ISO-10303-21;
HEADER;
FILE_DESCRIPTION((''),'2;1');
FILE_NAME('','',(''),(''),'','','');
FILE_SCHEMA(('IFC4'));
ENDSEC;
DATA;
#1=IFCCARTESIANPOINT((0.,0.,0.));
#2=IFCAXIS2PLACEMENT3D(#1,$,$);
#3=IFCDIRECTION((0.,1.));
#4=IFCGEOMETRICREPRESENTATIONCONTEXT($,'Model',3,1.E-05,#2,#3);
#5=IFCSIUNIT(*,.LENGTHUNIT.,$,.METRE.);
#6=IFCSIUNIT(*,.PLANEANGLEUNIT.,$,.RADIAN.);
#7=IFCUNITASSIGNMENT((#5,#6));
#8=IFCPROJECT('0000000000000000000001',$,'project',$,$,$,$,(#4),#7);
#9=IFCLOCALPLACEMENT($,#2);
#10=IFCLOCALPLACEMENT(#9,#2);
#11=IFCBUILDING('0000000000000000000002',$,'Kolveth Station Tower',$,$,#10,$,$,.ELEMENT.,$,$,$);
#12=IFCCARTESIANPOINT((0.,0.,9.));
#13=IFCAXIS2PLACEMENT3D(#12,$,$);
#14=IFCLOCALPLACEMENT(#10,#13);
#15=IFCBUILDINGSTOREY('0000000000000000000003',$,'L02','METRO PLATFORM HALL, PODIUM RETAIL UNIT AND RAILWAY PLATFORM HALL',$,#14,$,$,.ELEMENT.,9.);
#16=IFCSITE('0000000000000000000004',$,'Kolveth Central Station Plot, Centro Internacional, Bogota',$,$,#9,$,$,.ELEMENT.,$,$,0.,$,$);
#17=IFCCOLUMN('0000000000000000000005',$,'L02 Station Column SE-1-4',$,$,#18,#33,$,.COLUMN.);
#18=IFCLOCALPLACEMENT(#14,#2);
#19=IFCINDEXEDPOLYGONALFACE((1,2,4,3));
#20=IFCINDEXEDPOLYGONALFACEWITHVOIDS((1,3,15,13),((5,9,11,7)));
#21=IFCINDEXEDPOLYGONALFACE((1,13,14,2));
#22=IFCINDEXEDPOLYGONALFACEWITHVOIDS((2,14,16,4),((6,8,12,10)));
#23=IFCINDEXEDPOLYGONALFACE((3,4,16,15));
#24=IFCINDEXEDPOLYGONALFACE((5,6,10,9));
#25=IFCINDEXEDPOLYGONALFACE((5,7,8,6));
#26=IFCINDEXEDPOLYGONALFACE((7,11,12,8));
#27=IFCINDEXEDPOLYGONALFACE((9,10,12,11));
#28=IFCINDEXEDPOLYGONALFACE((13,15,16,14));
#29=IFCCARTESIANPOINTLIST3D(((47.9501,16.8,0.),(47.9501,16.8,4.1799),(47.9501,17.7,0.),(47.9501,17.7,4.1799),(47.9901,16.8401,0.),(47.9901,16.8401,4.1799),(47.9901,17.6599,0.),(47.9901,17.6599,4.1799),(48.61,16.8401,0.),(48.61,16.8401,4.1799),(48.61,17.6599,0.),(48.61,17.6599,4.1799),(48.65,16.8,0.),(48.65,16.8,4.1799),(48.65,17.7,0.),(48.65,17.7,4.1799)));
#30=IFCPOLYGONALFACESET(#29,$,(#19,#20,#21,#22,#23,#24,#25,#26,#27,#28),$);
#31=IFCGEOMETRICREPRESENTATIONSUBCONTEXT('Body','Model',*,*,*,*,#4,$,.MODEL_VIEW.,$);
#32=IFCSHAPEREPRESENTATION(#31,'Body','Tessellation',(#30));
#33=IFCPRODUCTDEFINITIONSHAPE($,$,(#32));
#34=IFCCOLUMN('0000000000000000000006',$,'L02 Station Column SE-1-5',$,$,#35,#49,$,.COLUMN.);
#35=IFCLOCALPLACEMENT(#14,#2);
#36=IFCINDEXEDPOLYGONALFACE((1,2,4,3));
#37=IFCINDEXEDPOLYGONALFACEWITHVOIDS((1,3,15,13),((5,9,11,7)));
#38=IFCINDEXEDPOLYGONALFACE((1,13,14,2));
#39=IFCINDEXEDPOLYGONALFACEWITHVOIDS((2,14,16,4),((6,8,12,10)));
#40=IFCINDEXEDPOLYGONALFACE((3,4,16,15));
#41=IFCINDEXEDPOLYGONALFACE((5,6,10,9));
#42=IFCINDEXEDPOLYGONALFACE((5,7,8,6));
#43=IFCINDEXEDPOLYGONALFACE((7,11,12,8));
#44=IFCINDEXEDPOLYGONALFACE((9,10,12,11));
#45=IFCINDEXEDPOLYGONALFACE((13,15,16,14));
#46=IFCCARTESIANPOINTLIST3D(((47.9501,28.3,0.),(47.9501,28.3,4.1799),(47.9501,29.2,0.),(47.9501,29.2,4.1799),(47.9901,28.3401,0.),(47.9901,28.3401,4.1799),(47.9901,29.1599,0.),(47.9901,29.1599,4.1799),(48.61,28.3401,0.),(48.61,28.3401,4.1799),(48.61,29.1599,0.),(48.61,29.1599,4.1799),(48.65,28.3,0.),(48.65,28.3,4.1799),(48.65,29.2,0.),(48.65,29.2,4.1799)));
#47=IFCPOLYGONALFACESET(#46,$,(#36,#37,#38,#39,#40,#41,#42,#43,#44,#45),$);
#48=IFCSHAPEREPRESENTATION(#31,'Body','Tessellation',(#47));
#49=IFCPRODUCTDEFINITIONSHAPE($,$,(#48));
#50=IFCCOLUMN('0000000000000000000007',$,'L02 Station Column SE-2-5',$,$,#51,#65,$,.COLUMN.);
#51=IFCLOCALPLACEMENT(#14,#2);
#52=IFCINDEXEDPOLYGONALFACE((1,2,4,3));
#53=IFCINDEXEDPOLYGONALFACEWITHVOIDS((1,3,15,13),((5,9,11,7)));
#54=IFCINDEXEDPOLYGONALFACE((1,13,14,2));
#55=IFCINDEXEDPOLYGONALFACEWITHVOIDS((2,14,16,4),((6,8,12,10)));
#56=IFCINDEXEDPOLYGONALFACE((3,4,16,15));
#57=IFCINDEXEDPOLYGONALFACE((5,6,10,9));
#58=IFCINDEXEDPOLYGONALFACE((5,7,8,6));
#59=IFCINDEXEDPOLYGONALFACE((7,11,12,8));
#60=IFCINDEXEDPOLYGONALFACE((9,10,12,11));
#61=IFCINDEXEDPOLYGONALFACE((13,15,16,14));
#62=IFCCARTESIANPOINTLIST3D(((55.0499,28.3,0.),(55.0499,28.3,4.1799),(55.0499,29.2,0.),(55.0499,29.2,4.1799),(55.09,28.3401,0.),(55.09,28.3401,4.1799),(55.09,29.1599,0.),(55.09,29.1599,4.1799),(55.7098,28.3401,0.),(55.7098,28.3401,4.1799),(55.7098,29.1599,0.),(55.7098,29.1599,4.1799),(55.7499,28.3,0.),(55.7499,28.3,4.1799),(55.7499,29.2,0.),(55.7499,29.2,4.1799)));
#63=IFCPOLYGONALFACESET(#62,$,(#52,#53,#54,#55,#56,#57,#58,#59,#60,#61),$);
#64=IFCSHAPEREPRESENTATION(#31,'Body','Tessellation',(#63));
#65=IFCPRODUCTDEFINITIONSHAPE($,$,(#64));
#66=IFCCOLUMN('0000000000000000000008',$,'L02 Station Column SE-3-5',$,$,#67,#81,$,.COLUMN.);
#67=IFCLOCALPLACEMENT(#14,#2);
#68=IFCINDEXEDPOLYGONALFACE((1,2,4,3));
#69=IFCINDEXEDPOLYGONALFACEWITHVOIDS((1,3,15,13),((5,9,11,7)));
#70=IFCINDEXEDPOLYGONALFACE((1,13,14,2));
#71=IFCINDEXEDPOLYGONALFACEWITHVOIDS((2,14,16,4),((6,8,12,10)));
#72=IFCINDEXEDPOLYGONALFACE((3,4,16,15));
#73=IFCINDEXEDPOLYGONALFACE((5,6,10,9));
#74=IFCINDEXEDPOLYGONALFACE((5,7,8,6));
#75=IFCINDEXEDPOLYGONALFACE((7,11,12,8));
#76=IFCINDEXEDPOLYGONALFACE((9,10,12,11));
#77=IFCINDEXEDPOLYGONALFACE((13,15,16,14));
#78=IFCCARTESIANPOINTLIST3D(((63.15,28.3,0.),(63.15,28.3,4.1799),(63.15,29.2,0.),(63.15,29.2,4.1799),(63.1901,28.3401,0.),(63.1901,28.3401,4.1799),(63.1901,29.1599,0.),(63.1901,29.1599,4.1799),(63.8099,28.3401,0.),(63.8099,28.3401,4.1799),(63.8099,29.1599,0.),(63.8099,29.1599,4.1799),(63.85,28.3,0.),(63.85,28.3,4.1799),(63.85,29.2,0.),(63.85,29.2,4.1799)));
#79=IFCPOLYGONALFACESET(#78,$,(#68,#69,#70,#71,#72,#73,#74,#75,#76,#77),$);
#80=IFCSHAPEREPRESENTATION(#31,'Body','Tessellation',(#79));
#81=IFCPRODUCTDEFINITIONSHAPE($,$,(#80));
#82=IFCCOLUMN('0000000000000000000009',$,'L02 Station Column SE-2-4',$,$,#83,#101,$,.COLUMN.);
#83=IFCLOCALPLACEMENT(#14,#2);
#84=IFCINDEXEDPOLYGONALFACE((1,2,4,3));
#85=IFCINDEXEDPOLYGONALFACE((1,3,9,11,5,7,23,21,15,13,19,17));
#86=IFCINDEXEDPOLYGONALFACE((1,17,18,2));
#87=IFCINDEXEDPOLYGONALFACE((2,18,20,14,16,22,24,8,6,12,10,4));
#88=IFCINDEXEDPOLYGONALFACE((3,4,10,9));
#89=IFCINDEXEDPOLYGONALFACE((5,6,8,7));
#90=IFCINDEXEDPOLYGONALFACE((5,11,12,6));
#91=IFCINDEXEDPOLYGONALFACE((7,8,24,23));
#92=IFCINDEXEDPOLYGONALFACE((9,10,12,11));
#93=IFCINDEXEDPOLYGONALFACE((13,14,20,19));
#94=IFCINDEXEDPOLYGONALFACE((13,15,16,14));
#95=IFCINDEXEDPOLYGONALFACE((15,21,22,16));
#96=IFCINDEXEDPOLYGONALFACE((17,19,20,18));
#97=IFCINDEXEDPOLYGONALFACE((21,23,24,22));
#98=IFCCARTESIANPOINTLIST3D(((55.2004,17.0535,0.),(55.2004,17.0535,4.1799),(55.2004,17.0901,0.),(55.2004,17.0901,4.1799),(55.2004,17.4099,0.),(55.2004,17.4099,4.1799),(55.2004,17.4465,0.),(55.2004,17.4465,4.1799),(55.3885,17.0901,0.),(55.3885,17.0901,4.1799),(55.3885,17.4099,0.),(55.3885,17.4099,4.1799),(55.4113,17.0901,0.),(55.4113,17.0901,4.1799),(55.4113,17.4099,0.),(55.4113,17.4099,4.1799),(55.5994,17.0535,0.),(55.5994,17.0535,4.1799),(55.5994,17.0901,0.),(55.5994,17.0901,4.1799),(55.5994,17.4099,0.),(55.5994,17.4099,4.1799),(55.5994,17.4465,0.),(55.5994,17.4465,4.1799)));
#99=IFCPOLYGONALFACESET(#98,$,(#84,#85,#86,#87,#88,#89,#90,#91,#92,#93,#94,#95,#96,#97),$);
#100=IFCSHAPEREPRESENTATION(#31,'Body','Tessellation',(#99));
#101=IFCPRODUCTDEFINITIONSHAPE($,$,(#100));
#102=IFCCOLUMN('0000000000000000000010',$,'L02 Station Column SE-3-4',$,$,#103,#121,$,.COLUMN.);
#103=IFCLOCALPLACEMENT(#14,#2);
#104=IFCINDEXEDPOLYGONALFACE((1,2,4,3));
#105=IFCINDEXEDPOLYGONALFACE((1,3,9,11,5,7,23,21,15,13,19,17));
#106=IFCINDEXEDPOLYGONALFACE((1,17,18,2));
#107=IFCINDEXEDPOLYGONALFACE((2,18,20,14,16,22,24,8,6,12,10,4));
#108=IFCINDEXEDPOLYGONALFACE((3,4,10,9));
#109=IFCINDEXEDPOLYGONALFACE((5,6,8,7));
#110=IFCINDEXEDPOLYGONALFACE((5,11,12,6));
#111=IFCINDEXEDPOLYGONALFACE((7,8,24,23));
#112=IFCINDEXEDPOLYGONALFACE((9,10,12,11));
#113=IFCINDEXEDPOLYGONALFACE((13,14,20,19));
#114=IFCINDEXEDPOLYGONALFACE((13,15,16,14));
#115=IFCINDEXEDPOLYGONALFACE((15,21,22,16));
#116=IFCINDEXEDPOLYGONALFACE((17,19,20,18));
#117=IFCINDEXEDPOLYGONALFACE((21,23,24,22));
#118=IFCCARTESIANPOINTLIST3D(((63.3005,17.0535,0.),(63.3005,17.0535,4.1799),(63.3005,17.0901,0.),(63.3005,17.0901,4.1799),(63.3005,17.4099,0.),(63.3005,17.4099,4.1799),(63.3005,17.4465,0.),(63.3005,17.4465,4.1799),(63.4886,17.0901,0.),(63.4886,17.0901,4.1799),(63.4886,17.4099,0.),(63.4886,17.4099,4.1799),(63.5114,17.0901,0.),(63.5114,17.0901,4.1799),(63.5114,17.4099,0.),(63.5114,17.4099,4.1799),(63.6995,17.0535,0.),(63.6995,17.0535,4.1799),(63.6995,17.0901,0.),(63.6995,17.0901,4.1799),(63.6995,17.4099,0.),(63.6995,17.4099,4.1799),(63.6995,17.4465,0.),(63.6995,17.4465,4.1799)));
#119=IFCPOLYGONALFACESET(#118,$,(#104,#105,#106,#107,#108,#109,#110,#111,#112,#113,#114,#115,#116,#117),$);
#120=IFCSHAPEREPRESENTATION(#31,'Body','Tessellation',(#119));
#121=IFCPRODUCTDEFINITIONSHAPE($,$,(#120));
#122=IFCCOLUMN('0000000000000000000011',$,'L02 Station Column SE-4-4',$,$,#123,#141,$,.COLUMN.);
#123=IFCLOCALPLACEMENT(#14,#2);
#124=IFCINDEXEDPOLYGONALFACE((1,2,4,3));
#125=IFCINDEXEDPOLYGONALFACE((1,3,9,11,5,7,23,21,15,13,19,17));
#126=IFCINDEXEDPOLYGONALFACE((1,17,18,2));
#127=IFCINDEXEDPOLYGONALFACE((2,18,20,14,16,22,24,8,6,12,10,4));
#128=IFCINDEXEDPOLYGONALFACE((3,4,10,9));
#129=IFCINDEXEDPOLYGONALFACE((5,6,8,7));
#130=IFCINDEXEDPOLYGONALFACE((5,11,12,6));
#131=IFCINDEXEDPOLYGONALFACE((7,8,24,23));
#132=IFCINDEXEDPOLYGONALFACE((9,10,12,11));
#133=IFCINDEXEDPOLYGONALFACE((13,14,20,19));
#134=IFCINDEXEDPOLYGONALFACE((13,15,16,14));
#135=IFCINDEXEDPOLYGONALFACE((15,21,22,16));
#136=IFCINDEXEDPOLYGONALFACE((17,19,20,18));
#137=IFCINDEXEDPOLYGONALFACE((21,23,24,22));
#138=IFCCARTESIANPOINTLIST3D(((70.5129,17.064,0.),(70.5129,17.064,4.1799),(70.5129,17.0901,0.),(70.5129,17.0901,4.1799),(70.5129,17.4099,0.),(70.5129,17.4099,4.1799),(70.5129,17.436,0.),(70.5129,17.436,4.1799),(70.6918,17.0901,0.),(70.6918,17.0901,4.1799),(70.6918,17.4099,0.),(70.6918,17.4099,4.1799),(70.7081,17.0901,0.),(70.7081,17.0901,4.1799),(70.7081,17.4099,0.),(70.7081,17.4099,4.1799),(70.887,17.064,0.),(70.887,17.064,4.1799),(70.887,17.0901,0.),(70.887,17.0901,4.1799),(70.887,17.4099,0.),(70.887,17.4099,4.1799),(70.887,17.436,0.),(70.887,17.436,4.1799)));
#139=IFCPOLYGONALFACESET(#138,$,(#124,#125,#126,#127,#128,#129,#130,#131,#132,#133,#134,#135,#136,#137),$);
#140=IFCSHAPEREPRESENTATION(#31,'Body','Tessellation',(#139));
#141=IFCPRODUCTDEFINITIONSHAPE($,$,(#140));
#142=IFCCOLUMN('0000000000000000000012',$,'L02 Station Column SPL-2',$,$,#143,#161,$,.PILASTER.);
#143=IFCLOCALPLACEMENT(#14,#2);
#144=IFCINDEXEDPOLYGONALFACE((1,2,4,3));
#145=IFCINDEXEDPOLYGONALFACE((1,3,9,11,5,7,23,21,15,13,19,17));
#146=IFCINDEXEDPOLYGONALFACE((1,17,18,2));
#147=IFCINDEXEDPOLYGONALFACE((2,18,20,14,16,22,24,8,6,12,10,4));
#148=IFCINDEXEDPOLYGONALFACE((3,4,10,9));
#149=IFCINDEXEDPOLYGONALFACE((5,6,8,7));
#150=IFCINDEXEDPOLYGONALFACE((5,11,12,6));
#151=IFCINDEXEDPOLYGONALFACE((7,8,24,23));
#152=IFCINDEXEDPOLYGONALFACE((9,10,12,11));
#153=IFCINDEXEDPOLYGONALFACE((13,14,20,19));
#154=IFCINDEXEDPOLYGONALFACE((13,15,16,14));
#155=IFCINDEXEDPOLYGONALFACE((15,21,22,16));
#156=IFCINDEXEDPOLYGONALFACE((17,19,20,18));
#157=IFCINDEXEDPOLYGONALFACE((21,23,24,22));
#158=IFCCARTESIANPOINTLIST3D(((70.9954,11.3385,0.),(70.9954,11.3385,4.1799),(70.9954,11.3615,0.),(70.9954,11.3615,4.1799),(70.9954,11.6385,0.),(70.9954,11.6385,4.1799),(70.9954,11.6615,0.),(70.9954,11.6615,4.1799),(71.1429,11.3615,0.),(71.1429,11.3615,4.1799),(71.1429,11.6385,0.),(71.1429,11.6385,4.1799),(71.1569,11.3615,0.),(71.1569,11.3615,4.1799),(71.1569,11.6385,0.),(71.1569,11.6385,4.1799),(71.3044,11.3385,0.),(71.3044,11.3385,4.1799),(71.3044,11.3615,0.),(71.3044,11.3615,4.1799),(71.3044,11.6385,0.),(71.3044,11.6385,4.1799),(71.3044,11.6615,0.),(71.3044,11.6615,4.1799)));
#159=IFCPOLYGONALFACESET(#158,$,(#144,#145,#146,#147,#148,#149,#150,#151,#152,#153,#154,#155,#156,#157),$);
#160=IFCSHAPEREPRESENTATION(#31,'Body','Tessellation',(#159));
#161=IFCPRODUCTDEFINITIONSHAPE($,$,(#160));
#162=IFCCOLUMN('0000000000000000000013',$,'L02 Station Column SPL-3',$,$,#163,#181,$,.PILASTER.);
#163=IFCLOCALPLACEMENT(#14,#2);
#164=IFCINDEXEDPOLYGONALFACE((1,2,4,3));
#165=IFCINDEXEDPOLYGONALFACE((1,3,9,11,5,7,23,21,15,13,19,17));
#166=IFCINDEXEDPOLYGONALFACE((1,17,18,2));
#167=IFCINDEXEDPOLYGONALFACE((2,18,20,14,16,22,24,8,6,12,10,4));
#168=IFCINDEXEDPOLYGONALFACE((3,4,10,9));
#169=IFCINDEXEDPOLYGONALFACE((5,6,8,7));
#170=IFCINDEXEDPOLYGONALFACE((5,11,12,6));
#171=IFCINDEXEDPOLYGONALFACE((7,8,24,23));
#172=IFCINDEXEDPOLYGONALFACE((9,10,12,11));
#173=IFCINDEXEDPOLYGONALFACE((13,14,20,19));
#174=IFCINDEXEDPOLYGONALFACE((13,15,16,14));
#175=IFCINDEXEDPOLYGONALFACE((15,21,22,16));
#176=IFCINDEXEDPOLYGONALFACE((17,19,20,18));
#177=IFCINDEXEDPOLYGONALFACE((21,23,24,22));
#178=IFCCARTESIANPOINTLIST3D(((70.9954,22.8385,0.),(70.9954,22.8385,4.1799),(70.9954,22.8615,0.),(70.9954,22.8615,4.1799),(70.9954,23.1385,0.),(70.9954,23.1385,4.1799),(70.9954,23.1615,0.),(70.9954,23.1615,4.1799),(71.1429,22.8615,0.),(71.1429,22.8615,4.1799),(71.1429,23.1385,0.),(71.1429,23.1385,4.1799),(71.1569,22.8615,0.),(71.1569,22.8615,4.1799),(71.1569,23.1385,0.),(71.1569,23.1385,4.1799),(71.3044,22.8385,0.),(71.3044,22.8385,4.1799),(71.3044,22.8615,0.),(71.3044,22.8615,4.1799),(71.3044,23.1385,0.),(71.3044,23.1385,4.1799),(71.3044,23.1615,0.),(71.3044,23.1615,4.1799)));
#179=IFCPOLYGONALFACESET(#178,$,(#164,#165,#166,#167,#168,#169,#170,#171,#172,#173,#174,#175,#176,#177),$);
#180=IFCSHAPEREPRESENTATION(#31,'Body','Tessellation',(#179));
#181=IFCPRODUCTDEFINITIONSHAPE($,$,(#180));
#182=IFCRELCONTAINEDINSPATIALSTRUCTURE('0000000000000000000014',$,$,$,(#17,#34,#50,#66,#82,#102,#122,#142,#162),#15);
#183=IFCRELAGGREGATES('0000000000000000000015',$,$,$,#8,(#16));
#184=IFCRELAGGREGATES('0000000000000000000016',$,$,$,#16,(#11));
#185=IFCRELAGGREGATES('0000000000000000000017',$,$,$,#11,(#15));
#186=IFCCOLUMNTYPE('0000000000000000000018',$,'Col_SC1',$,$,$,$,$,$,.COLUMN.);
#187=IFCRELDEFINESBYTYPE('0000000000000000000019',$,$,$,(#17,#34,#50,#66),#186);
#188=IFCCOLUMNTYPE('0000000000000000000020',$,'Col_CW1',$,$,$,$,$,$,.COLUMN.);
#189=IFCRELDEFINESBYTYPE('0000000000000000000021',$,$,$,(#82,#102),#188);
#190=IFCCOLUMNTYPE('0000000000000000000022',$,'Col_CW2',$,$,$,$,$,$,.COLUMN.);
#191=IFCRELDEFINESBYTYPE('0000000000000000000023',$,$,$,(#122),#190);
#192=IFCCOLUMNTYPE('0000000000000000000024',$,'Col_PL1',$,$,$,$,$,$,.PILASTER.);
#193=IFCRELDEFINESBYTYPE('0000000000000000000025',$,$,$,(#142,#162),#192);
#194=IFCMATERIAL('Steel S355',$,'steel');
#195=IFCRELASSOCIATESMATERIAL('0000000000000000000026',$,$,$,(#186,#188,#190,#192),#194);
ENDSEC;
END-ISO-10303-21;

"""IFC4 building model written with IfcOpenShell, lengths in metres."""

from ifc_helpers import new_model, si_unit, direction, frame, origin, origin_2d, place, context, subcontext, project, spatial, hollow_rectangle, i_section, extrude, source, transform, mapped, material, material_profile, profile_set, type_object, element, save


model = new_model("IFC4")

# Units and contexts
model_context = context("Model", 3, precision=1e-05, world=origin(), true_north=direction((0.0, 1.0)))
body_context = subcontext(model_context, "Body", "Model", "MODEL_VIEW")
ifc_project = project(units=[si_unit("LENGTHUNIT", "METRE"), si_unit("PLANEANGLEUNIT", "RADIAN")], contexts=[model_context])

# Site, building, storey
site_placement = place(None, origin())
site = spatial("IfcSite", under=ifc_project, at=site_placement, Name="Kolveth Central Station Plot, Centro Internacional, Bogota", CompositionType="ELEMENT", RefElevation=0.0)
building_placement = place(site_placement, origin())
building = spatial("IfcBuilding", under=site, at=building_placement, Name="Kolveth Station Tower", CompositionType="ELEMENT")
storey_placement = place(building_placement, frame((0.0, 0.0, 9.0)))
storey = spatial("IfcBuildingStorey", under=building, at=storey_placement, Name="L02", Description="METRO PLATFORM HALL, PODIUM RETAIL UNIT AND RAILWAY PLATFORM HALL", CompositionType="ELEMENT", Elevation=9.0)

# Columns
ifc_material_1 = material(Name="Steel S355", Category="steel")
ifc_material_profile_1 = material_profile(ifc_material_1, hollow_rectangle(XDim=0.7, YDim=0.8999, WallThickness=0.04, at=origin_2d()), Name="BOX900x700x40")
ifc_profile_set_1 = profile_set([ifc_material_profile_1], Name="Steel S355")
column_type_1 = type_object("IfcColumnType", Name="Col_SC1", PredefinedType="COLUMN", material=ifc_profile_set_1)
shared_shape_1 = source(origin(), body_context, "Body", "SweptSolid", [
    extrude(hollow_rectangle(XDim=0.7, YDim=0.8999, WallThickness=0.04, at=origin_2d()), origin(), (0.0, 0.0, 1.0), 4.1799),
])
for number, where, z_axis, x_axis, name in (
    (1, (48.3, 17.25, 0.0), (0.0, 0.0, 1.0), (1.0, 0.0, 0.0), "L02 Station Column SE-1-4"),
    (2, (48.3, 28.75, 0.0), (0.0, 0.0, 1.0), (1.0, 0.0, 0.0), "L02 Station Column SE-1-5"),
    (3, (55.3999, 28.75, 0.0), (0.0, 0.0, 1.0), (1.0, 0.0, 0.0), "L02 Station Column SE-2-5"),
    (4, (63.5, 28.75, 0.0), (0.0, 0.0, 1.0), (1.0, 0.0, 0.0), "L02 Station Column SE-3-5"),
):
    element("IfcColumn", number, at=place(storey_placement, frame(where, z_axis=z_axis, x_axis=x_axis)), inside=storey, type_object=column_type_1, Name=name, PredefinedType="COLUMN", context=body_context, shape_type="MappedRepresentation", body=[
        mapped(shared_shape_1, transform((0.0, 0.0, 0.0), x_axis=(1.0, 0.0, 0.0), y_axis=(0.0, 1.0, 0.0), z_axis=(0.0, 0.0, 1.0), scale=1.0)),
    ])
ifc_material_profile_2 = material_profile(ifc_material_1, i_section(OverallWidth=0.3989, OverallDepth=0.3931, WebThickness=0.0227, FlangeThickness=0.0366, at=origin_2d()), Name="W360x287")
ifc_profile_set_2 = profile_set([ifc_material_profile_2], Name="Steel S355")
column_type_2 = type_object("IfcColumnType", Name="Col_CW1", PredefinedType="COLUMN", material=ifc_profile_set_2)
shared_shape_2 = source(origin(), body_context, "Body", "SweptSolid", [
    extrude(i_section(OverallWidth=0.3989, OverallDepth=0.3931, WebThickness=0.0227, FlangeThickness=0.0366, at=origin_2d()), origin(), (0.0, 0.0, 1.0), 4.1799),
])
for number, where, z_axis, x_axis, name in (
    (5, (55.3999, 17.25, 0.0), (0.0, 0.0, 1.0), (1.0, 0.0, 0.0), "L02 Station Column SE-2-4"),
    (6, (63.5, 17.25, 0.0), (0.0, 0.0, 1.0), (1.0, 0.0, 0.0), "L02 Station Column SE-3-4"),
):
    element("IfcColumn", number, at=place(storey_placement, frame(where, z_axis=z_axis, x_axis=x_axis)), inside=storey, type_object=column_type_2, Name=name, PredefinedType="COLUMN", context=body_context, shape_type="MappedRepresentation", body=[
        mapped(shared_shape_2, transform((0.0, 0.0, 0.0), x_axis=(1.0, 0.0, 0.0), y_axis=(0.0, 1.0, 0.0), z_axis=(0.0, 0.0, 1.0), scale=1.0)),
    ])
ifc_material_profile_3 = material_profile(ifc_material_1, i_section(OverallWidth=0.374, OverallDepth=0.3721, WebThickness=0.0164, FlangeThickness=0.0261, at=origin_2d()), Name="W360x196")
ifc_profile_set_3 = profile_set([ifc_material_profile_3], Name="Steel S355")
column_type_3 = type_object("IfcColumnType", Name="Col_CW2", PredefinedType="COLUMN", material=ifc_profile_set_3)
shared_shape_3 = source(origin(), body_context, "Body", "SweptSolid", [
    extrude(i_section(OverallWidth=0.374, OverallDepth=0.3721, WebThickness=0.0164, FlangeThickness=0.0261, at=origin_2d()), origin(), (0.0, 0.0, 1.0), 4.1799),
])
column_placement = place(storey_placement, frame((70.7, 17.25, 0.0), z_axis=(0.0, 0.0, 1.0), x_axis=(1.0, 0.0, 0.0)))
element("IfcColumn", 7, at=column_placement, inside=storey, type_object=column_type_3, Name="L02 Station Column SE-4-4", PredefinedType="COLUMN", context=body_context, shape_type="MappedRepresentation", body=[
    mapped(shared_shape_3, transform((0.0, 0.0, 0.0), x_axis=(1.0, 0.0, 0.0), y_axis=(0.0, 1.0, 0.0), z_axis=(0.0, 0.0, 1.0), scale=1.0)),
])
ifc_material_profile_4 = material_profile(ifc_material_1, i_section(OverallWidth=0.3091, OverallDepth=0.323, WebThickness=0.0139, FlangeThickness=0.0229, at=origin_2d()), Name="W310x143")
ifc_profile_set_4 = profile_set([ifc_material_profile_4], Name="Steel S355")
column_type_4 = type_object("IfcColumnType", Name="Col_PL1", PredefinedType="PILASTER", material=ifc_profile_set_4)
shared_shape_4 = source(origin(), body_context, "Body", "SweptSolid", [
    extrude(i_section(OverallWidth=0.3091, OverallDepth=0.323, WebThickness=0.0139, FlangeThickness=0.0229, at=origin_2d()), origin(), (0.0, 0.0, 1.0), 4.1799),
])
for number, where, z_axis, x_axis, name in (
    (8, (71.1499, 11.5, 0.0), (0.0, 0.0, 1.0), (1.0, 0.0, 0.0), "L02 Station Column SPL-2"),
    (9, (71.1499, 23.0, 0.0), (0.0, 0.0, 1.0), (1.0, 0.0, 0.0), "L02 Station Column SPL-3"),
):
    element("IfcColumn", number, at=place(storey_placement, frame(where, z_axis=z_axis, x_axis=x_axis)), inside=storey, type_object=column_type_4, Name=name, PredefinedType="PILASTER", context=body_context, shape_type="MappedRepresentation", body=[
        mapped(shared_shape_4, transform((0.0, 0.0, 0.0), x_axis=(1.0, 0.0, 0.0), y_axis=(0.0, 1.0, 0.0), z_axis=(0.0, 0.0, 1.0), scale=1.0)),
    ])

save(model, "model.ifc")
